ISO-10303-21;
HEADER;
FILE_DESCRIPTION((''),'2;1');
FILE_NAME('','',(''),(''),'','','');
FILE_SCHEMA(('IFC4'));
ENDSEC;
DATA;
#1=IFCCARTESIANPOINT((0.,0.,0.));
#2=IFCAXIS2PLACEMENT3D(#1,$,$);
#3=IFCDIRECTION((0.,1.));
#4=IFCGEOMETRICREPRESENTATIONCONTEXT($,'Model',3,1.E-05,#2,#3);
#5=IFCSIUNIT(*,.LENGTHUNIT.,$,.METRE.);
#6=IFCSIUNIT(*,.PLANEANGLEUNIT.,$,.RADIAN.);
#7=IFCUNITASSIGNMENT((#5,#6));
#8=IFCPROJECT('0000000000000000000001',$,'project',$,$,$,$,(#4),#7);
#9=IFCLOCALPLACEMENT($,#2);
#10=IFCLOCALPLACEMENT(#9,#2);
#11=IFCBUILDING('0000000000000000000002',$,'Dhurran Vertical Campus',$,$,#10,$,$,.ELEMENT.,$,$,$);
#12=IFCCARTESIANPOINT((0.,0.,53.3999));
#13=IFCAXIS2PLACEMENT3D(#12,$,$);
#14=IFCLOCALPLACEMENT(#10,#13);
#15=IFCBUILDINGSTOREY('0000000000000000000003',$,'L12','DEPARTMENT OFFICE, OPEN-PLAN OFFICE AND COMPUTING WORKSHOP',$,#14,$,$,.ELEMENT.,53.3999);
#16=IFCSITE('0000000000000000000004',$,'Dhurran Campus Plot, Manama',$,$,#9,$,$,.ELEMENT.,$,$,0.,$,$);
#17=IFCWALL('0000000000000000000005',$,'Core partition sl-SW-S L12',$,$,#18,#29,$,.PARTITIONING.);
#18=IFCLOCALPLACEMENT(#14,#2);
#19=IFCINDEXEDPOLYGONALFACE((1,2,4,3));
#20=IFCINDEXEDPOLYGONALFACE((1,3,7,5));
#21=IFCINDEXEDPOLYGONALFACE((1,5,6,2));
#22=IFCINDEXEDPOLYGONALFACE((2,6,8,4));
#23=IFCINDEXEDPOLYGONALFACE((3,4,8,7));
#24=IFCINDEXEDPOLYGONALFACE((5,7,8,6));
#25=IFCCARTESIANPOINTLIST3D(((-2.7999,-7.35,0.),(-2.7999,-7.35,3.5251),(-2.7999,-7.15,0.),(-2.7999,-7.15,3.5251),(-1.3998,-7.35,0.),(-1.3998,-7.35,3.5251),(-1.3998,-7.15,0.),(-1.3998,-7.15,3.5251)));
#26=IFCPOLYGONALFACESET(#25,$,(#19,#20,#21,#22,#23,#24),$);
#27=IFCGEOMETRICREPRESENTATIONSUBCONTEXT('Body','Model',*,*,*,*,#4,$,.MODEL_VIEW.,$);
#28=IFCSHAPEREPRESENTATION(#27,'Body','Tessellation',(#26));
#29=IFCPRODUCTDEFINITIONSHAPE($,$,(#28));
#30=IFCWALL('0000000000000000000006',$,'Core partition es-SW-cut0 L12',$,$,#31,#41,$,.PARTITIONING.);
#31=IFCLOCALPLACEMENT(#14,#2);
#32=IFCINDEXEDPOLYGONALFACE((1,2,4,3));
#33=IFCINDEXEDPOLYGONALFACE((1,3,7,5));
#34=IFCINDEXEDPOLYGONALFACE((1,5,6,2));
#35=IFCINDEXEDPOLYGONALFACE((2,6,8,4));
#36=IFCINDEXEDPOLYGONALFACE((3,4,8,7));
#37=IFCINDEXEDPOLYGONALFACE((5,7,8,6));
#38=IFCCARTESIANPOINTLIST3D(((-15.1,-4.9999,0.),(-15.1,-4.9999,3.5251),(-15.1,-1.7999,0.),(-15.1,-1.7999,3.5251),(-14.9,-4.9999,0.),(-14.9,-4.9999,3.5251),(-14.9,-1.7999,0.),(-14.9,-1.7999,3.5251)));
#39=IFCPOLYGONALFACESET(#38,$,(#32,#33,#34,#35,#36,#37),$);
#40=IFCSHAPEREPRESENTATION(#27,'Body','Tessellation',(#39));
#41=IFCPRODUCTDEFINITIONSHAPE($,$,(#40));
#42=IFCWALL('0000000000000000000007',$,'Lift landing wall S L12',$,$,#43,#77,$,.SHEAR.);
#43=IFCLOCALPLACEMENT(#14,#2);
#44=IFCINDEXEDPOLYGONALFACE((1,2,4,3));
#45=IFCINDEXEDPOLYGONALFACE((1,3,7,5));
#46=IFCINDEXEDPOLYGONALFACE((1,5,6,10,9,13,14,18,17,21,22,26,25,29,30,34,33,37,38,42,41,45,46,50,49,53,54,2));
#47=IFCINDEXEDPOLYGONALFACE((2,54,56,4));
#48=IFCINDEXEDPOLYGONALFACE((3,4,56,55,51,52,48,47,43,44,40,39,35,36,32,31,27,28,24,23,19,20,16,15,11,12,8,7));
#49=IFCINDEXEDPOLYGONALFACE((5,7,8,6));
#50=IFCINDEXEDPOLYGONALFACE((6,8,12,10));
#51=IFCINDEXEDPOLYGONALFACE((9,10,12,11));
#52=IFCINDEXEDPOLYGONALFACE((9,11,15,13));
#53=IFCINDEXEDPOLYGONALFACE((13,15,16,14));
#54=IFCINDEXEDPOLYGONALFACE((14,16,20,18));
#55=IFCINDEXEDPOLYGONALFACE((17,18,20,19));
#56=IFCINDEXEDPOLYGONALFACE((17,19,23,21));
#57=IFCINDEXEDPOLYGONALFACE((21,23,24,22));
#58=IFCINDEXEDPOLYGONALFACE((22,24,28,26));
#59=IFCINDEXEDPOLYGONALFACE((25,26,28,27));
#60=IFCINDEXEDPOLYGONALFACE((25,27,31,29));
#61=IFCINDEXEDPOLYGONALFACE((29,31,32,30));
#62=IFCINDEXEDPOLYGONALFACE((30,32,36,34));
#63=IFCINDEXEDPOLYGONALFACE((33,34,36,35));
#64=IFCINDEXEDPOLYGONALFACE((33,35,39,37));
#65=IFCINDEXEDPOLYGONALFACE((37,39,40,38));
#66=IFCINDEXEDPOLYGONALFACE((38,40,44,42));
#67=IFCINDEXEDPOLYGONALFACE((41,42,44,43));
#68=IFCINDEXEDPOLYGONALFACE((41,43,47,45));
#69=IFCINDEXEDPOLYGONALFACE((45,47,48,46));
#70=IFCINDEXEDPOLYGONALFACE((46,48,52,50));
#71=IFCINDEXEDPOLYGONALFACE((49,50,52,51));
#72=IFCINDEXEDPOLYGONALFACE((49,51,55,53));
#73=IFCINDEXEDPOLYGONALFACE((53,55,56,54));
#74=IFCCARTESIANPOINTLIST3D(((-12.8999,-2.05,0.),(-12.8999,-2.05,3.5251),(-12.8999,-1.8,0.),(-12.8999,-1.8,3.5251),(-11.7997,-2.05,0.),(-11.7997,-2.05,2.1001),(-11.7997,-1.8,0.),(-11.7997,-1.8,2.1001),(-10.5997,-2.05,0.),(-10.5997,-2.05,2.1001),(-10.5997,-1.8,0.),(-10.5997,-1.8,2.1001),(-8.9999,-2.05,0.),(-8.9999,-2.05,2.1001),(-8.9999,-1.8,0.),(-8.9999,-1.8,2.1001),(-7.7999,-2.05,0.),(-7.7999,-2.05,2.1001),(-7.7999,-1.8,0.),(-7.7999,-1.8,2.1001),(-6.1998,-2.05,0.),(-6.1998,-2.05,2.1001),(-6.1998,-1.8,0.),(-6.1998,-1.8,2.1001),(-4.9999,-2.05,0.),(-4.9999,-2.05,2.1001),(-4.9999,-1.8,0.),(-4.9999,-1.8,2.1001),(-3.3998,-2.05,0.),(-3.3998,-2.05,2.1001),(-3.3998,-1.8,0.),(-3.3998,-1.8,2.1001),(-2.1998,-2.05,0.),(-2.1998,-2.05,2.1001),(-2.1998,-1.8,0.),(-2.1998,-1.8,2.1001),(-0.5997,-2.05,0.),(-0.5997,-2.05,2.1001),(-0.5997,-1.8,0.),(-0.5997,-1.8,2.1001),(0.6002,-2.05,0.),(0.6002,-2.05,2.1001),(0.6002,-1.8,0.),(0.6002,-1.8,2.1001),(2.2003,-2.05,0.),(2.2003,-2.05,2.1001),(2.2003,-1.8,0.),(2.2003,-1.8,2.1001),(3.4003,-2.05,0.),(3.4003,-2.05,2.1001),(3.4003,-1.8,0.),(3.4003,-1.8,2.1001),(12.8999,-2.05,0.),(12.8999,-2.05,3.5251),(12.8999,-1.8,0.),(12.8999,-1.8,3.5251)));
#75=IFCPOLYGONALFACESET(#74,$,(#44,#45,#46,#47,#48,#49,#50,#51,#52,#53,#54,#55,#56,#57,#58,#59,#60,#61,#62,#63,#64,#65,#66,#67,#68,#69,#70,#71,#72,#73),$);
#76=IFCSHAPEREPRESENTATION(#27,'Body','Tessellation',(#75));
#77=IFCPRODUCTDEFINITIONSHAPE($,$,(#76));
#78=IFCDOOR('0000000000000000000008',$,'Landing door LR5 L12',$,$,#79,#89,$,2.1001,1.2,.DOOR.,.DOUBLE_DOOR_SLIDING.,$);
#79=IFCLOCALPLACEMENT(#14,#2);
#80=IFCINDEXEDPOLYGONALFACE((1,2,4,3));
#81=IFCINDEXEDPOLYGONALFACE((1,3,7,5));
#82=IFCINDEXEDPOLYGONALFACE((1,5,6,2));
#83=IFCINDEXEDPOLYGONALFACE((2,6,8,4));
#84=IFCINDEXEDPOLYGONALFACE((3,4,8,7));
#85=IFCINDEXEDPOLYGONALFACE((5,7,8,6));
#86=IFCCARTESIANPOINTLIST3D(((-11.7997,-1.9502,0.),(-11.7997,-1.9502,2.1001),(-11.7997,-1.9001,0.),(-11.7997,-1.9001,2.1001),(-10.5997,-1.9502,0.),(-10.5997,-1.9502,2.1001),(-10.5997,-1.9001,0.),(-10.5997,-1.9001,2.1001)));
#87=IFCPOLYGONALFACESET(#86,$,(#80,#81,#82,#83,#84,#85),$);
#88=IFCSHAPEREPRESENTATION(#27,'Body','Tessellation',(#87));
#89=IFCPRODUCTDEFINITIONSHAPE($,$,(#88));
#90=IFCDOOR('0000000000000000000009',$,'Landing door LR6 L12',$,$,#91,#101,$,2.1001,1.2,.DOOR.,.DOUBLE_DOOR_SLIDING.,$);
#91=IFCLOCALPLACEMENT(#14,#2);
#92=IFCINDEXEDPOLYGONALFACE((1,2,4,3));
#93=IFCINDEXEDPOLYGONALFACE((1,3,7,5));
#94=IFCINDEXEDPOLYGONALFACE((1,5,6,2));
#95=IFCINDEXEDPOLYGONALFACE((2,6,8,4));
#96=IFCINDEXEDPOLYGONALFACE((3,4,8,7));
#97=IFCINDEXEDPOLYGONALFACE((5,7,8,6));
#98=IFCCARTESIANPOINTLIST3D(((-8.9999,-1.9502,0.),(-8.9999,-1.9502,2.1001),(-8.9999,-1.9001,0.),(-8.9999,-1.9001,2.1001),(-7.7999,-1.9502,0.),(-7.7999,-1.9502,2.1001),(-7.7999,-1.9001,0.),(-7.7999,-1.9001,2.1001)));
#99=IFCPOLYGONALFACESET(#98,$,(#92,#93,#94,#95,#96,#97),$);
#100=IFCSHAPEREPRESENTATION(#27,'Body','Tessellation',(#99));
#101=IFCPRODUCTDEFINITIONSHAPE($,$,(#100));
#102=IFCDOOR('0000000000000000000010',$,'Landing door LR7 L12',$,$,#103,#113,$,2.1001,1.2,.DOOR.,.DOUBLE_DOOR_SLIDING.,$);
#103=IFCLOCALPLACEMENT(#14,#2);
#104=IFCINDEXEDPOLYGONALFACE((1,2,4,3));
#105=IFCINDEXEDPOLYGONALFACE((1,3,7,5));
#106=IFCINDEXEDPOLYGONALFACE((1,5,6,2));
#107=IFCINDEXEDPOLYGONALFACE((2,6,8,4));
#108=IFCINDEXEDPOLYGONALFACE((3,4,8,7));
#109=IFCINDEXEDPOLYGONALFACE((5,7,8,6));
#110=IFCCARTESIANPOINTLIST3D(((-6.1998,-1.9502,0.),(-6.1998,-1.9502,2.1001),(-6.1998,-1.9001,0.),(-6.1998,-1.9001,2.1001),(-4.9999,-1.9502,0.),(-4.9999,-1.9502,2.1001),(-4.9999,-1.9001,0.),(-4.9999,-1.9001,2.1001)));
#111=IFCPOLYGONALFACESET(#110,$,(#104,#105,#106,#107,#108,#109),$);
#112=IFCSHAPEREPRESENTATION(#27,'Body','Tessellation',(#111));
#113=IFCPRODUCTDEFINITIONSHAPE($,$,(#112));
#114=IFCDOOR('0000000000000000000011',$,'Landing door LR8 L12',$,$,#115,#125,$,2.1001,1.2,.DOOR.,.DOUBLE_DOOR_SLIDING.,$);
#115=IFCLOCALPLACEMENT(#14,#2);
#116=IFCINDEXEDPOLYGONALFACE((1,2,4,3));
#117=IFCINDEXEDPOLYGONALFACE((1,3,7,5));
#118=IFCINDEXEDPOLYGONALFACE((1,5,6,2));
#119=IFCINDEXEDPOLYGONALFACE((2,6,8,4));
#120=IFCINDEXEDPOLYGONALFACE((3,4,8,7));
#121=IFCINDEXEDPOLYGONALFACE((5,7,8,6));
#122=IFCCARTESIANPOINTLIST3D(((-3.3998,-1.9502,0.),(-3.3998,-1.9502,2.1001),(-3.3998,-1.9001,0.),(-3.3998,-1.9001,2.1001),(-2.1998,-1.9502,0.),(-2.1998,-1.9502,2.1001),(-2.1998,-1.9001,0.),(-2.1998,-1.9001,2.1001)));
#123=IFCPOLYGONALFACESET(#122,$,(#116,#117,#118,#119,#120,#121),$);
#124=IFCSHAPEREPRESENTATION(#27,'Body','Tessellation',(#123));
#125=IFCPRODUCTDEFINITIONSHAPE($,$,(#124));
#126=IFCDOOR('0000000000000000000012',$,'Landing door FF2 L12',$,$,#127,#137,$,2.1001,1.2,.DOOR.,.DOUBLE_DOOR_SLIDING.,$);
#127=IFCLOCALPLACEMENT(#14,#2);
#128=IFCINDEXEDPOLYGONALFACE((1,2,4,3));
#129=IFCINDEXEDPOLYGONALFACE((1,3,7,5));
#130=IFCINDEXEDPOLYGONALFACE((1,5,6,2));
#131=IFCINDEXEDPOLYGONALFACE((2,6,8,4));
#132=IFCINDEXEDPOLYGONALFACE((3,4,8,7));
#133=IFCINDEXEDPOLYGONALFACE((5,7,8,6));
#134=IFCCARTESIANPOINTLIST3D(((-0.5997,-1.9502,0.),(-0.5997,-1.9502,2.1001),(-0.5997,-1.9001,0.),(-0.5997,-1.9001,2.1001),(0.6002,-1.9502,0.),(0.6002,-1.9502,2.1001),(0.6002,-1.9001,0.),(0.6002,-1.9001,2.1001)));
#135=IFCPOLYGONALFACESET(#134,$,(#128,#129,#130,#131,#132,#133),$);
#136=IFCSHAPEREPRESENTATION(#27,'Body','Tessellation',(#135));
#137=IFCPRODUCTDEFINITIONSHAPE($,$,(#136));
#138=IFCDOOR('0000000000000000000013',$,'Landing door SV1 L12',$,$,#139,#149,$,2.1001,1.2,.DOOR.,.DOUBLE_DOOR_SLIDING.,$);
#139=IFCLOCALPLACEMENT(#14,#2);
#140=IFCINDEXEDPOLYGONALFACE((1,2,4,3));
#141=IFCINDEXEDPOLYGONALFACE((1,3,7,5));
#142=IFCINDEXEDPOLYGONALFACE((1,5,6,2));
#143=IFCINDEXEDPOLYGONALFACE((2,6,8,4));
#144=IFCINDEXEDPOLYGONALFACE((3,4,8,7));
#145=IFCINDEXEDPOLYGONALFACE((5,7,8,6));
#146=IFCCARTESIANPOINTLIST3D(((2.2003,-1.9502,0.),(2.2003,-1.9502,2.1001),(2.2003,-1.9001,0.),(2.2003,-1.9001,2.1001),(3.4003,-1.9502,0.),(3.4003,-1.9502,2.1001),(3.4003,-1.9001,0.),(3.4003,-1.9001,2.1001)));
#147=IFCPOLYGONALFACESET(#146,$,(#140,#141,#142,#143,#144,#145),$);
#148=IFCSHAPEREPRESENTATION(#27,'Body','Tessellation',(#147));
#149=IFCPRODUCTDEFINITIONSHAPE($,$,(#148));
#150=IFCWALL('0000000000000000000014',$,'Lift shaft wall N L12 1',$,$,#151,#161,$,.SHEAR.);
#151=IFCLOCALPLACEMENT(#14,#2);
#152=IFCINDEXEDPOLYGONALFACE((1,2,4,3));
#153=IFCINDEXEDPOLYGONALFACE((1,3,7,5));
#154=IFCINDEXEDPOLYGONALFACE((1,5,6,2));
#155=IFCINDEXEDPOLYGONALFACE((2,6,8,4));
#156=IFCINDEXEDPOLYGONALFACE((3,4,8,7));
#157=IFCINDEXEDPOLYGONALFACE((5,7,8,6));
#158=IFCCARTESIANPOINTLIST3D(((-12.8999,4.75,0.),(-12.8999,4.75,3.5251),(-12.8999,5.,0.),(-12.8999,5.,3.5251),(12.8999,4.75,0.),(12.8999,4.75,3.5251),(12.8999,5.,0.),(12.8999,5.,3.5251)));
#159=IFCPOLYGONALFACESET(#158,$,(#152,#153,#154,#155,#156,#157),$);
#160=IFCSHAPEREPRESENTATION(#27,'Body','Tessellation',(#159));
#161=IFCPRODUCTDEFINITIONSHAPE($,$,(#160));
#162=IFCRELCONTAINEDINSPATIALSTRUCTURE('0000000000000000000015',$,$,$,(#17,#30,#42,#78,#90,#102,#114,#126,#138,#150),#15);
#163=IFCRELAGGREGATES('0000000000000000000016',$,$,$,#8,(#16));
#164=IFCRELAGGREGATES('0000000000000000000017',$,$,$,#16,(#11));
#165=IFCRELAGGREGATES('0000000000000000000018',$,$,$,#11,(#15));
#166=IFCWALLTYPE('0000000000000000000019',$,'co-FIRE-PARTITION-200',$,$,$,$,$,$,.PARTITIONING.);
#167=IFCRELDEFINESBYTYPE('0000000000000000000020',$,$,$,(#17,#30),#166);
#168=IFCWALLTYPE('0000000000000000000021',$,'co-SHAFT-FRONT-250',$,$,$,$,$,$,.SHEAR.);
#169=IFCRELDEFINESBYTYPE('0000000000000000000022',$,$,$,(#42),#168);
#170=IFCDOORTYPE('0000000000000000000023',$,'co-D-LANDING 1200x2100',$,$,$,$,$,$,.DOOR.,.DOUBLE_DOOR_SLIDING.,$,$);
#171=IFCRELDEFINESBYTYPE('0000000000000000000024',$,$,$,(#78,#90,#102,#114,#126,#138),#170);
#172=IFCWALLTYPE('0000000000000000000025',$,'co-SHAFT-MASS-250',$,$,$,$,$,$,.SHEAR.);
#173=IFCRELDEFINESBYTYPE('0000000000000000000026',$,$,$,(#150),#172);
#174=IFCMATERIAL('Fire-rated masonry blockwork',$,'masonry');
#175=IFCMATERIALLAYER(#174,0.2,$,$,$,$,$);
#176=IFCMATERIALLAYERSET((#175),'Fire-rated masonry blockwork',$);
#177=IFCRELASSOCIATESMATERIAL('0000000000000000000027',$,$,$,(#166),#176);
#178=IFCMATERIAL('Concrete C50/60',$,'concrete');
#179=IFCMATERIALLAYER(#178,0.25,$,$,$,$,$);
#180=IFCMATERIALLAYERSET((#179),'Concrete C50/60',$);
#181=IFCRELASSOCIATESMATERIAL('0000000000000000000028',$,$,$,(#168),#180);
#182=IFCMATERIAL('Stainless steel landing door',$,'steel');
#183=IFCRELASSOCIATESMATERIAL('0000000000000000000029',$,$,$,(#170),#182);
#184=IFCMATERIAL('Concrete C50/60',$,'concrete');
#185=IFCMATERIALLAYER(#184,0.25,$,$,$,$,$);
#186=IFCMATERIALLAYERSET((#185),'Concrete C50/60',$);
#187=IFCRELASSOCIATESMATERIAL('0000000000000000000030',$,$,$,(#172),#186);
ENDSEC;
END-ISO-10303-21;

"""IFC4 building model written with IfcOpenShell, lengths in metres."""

from ifc_helpers import new_model, si_unit, direction, frame, frame_2d, origin, place, context, subcontext, project, spatial, polyline, rectangle, outline, extrude, material, layer, layer_set, type_object, element, fill, save


model = new_model("IFC4")

# Units and contexts
model_context = context("Model", 3, precision=1e-05, world=origin(), true_north=direction((0.0, 1.0)))
body_context = subcontext(model_context, "Body", "Model", "MODEL_VIEW")
ifc_project = project(units=[si_unit("LENGTHUNIT", "METRE"), si_unit("PLANEANGLEUNIT", "RADIAN")], contexts=[model_context])

# Site, building, storey
site_placement = place(None, origin())
site = spatial("IfcSite", under=ifc_project, at=site_placement, Name="Dhurran Campus Plot, Manama", CompositionType="ELEMENT", RefElevation=0.0)
building_placement = place(site_placement, origin())
building = spatial("IfcBuilding", under=site, at=building_placement, Name="Dhurran Vertical Campus", CompositionType="ELEMENT")
storey_placement = place(building_placement, frame((0.0, 0.0, 53.3999)))
storey = spatial("IfcBuildingStorey", under=building, at=storey_placement, Name="L12", Description="DEPARTMENT OFFICE, OPEN-PLAN OFFICE AND COMPUTING WORKSHOP", CompositionType="ELEMENT", Elevation=53.3999)

# Shared definitions
ifc_material_1 = material(Name="Fire-rated masonry blockwork", Category="masonry")
ifc_layer_1 = layer(ifc_material_1, 0.2)
ifc_layer_set_1 = layer_set([ifc_layer_1], Name="Fire-rated masonry blockwork")
wall_type_1 = type_object("IfcWallType", Name="co-FIRE-PARTITION-200", PredefinedType="PARTITIONING", material=ifc_layer_set_1)

# Walls
wall_1_placement = place(storey_placement, frame((-2.8, -7.25, 0.0), z_axis=(0.0, 0.0, 1.0), x_axis=(1.0, 0.0, 0.0)))
element("IfcWall", 1, at=wall_1_placement, inside=storey, type_object=wall_type_1, Name="Core partition sl-SW-S L12", PredefinedType="PARTITIONING", context=body_context, shape_type="SweptSolid", body=[
    extrude(rectangle(XDim=1.4001, YDim=0.2, at=frame_2d((0.7002, 0.0))), origin(), (0.0, 0.0, 1.0), 3.5251),
])
wall_2_placement = place(storey_placement, frame((-15.0, -5.0, 0.0), z_axis=(0.0, 0.0, 1.0), x_axis=(0.0, 1.0, 0.0)))
element("IfcWall", 2, at=wall_2_placement, inside=storey, type_object=wall_type_1, Name="Core partition es-SW-cut0 L12", PredefinedType="PARTITIONING", context=body_context, shape_type="SweptSolid", body=[
    extrude(rectangle(XDim=3.2, YDim=0.2, at=frame_2d((1.6001, 0.0))), origin(), (0.0, 0.0, 1.0), 3.5251),
])

# Wall, openings, doors
ifc_material_2 = material(Name="Concrete C50/60", Category="concrete")
ifc_layer_2 = layer(ifc_material_2, 0.25)
ifc_layer_set_2 = layer_set([ifc_layer_2], Name="Concrete C50/60")
wall_type_2 = type_object("IfcWallType", Name="co-SHAFT-FRONT-250", PredefinedType="SHEAR", material=ifc_layer_set_2)
wall_3_placement = place(storey_placement, frame((-12.8999, -1.925, 0.0), z_axis=(0.0, 0.0, 1.0), x_axis=(1.0, 0.0, 0.0)))
wall_3 = element("IfcWall", 3, at=wall_3_placement, inside=storey, type_object=wall_type_2, Name="Lift landing wall S L12", PredefinedType="SHEAR", context=body_context, shape_type="SweptSolid", body=[
    extrude(rectangle(XDim=25.7998, YDim=0.25, at=frame_2d((12.8999, 0.0))), origin(), (0.0, 0.0, 1.0), 3.5251),
])
opening_1_placement = place(wall_3_placement, frame((1.1001, 0.0, 0.0)))
opening_1 = element("IfcOpeningElement", 4, at=opening_1_placement, cuts=wall_3, PredefinedType="OPENING", context=body_context, shape_type="SweptSolid", body=[
    extrude(rectangle(XDim=1.2, YDim=2.1001, at=frame_2d((0.6001, 1.05))), frame((0.0, 0.135, 0.0), z_axis=(0.0, -1.0, 0.0), x_axis=(1.0, 0.0, 0.0)), (0.0, 0.0, 1.0), 0.27),
])
opening_2_placement = place(wall_3_placement, frame((3.8999, 0.0, 0.0)))
opening_2 = element("IfcOpeningElement", 5, at=opening_2_placement, cuts=wall_3, PredefinedType="OPENING", context=body_context, shape_type="SweptSolid", body=[
    extrude(rectangle(XDim=1.2, YDim=2.1001, at=frame_2d((0.6001, 1.05))), frame((0.0, 0.135, 0.0), z_axis=(0.0, -1.0, 0.0), x_axis=(1.0, 0.0, 0.0)), (0.0, 0.0, 1.0), 0.27),
])
opening_3_placement = place(wall_3_placement, frame((6.7, 0.0, 0.0)))
opening_3 = element("IfcOpeningElement", 6, at=opening_3_placement, cuts=wall_3, PredefinedType="OPENING", context=body_context, shape_type="SweptSolid", body=[
    extrude(rectangle(XDim=1.2, YDim=2.1001, at=frame_2d((0.6001, 1.05))), frame((0.0, 0.135, 0.0), z_axis=(0.0, -1.0, 0.0), x_axis=(1.0, 0.0, 0.0)), (0.0, 0.0, 1.0), 0.27),
])
opening_4_placement = place(wall_3_placement, frame((9.5, 0.0, 0.0)))
opening_4 = element("IfcOpeningElement", 7, at=opening_4_placement, cuts=wall_3, PredefinedType="OPENING", context=body_context, shape_type="SweptSolid", body=[
    extrude(rectangle(XDim=1.2, YDim=2.1001, at=frame_2d((0.6001, 1.05))), frame((0.0, 0.135, 0.0), z_axis=(0.0, -1.0, 0.0), x_axis=(1.0, 0.0, 0.0)), (0.0, 0.0, 1.0), 0.27),
])
opening_5_placement = place(wall_3_placement, frame((12.3, 0.0, 0.0)))
opening_5 = element("IfcOpeningElement", 8, at=opening_5_placement, cuts=wall_3, PredefinedType="OPENING", context=body_context, shape_type="SweptSolid", body=[
    extrude(rectangle(XDim=1.2, YDim=2.1001, at=frame_2d((0.6001, 1.05))), frame((0.0, 0.135, 0.0), z_axis=(0.0, -1.0, 0.0), x_axis=(1.0, 0.0, 0.0)), (0.0, 0.0, 1.0), 0.27),
])
opening_6_placement = place(wall_3_placement, frame((15.1001, 0.0, 0.0)))
opening_6 = element("IfcOpeningElement", 9, at=opening_6_placement, cuts=wall_3, PredefinedType="OPENING", context=body_context, shape_type="SweptSolid", body=[
    extrude(rectangle(XDim=1.2, YDim=2.1001, at=frame_2d((0.6001, 1.05))), frame((0.0, 0.135, 0.0), z_axis=(0.0, -1.0, 0.0), x_axis=(1.0, 0.0, 0.0)), (0.0, 0.0, 1.0), 0.27),
])
ifc_material_3 = material(Name="Stainless steel landing door", Category="steel")
door_type_1 = type_object("IfcDoorType", Name="co-D-LANDING 1200x2100", OperationType="DOUBLE_DOOR_SLIDING", PredefinedType="DOOR", material=ifc_material_3)
door_1_placement = place(opening_1_placement, origin())
door_1 = element("IfcDoor", 10, at=door_1_placement, inside=storey, type_object=door_type_1, Name="Landing door LR5 L12", OperationType="DOUBLE_DOOR_SLIDING", OverallHeight=2.1001, OverallWidth=1.2, PredefinedType="DOOR", context=body_context, shape_type="SweptSolid", body=[
    extrude(rectangle(XDim=1.2, YDim=2.1001, at=frame_2d((0.6001, 1.05))), frame((0.0, 0.0249, 0.0), z_axis=(0.0, -1.0, 0.0), x_axis=(1.0, 0.0, 0.0)), (0.0, 0.0, 1.0), 0.05),
])
fill(opening_1, door_1)
door_2_placement = place(opening_2_placement, origin())
door_2 = element("IfcDoor", 11, at=door_2_placement, inside=storey, type_object=door_type_1, Name="Landing door LR6 L12", OperationType="DOUBLE_DOOR_SLIDING", OverallHeight=2.1001, OverallWidth=1.2, PredefinedType="DOOR", context=body_context, shape_type="SweptSolid", body=[
    extrude(rectangle(XDim=1.2, YDim=2.1001, at=frame_2d((0.6001, 1.05))), frame((0.0, 0.0249, 0.0), z_axis=(0.0, -1.0, 0.0), x_axis=(1.0, 0.0, 0.0)), (0.0, 0.0, 1.0), 0.05),
])
fill(opening_2, door_2)
door_3_placement = place(opening_3_placement, origin())
door_3 = element("IfcDoor", 12, at=door_3_placement, inside=storey, type_object=door_type_1, Name="Landing door LR7 L12", OperationType="DOUBLE_DOOR_SLIDING", OverallHeight=2.1001, OverallWidth=1.2, PredefinedType="DOOR", context=body_context, shape_type="SweptSolid", body=[
    extrude(rectangle(XDim=1.2, YDim=2.1001, at=frame_2d((0.6001, 1.05))), frame((0.0, 0.0249, 0.0), z_axis=(0.0, -1.0, 0.0), x_axis=(1.0, 0.0, 0.0)), (0.0, 0.0, 1.0), 0.05),
])
fill(opening_3, door_3)
door_4_placement = place(opening_4_placement, origin())
door_4 = element("IfcDoor", 13, at=door_4_placement, inside=storey, type_object=door_type_1, Name="Landing door LR8 L12", OperationType="DOUBLE_DOOR_SLIDING", OverallHeight=2.1001, OverallWidth=1.2, PredefinedType="DOOR", context=body_context, shape_type="SweptSolid", body=[
    extrude(rectangle(XDim=1.2, YDim=2.1001, at=frame_2d((0.6001, 1.05))), frame((0.0, 0.0249, 0.0), z_axis=(0.0, -1.0, 0.0), x_axis=(1.0, 0.0, 0.0)), (0.0, 0.0, 1.0), 0.05),
])
fill(opening_4, door_4)
door_5_placement = place(opening_5_placement, origin())
door_5 = element("IfcDoor", 14, at=door_5_placement, inside=storey, type_object=door_type_1, Name="Landing door FF2 L12", OperationType="DOUBLE_DOOR_SLIDING", OverallHeight=2.1001, OverallWidth=1.2, PredefinedType="DOOR", context=body_context, shape_type="SweptSolid", body=[
    extrude(rectangle(XDim=1.2, YDim=2.1001, at=frame_2d((0.6001, 1.05))), frame((0.0, 0.0249, 0.0), z_axis=(0.0, -1.0, 0.0), x_axis=(1.0, 0.0, 0.0)), (0.0, 0.0, 1.0), 0.05),
])
fill(opening_5, door_5)
door_6_placement = place(opening_6_placement, origin())
door_6 = element("IfcDoor", 15, at=door_6_placement, inside=storey, type_object=door_type_1, Name="Landing door SV1 L12", OperationType="DOUBLE_DOOR_SLIDING", OverallHeight=2.1001, OverallWidth=1.2, PredefinedType="DOOR", context=body_context, shape_type="SweptSolid", body=[
    extrude(rectangle(XDim=1.2, YDim=2.1001, at=frame_2d((0.6001, 1.05))), frame((0.0, 0.0249, 0.0), z_axis=(0.0, -1.0, 0.0), x_axis=(1.0, 0.0, 0.0)), (0.0, 0.0, 1.0), 0.05),
])
fill(opening_6, door_6)

# Wall
ifc_material_4 = material(Name="Concrete C50/60", Category="concrete")
ifc_layer_3 = layer(ifc_material_4, 0.25)
ifc_layer_set_3 = layer_set([ifc_layer_3], Name="Concrete C50/60")
wall_type_3 = type_object("IfcWallType", Name="co-SHAFT-MASS-250", PredefinedType="SHEAR", material=ifc_layer_set_3)
wall_4_placement = place(storey_placement, origin())
element("IfcWall", 16, at=wall_4_placement, inside=storey, type_object=wall_type_3, Name="Lift shaft wall N L12 1", PredefinedType="SHEAR", context=body_context, shape_type="SweptSolid", body=[
    extrude(outline(polyline([(-12.8999, 4.75), (12.8999, 4.75), (12.8999, 5.0), (-12.8999, 5.0), (-12.8999, 4.75)])), origin(), (0.0, 0.0, 1.0), 3.5251),
])

save(model, "model.ifc")
